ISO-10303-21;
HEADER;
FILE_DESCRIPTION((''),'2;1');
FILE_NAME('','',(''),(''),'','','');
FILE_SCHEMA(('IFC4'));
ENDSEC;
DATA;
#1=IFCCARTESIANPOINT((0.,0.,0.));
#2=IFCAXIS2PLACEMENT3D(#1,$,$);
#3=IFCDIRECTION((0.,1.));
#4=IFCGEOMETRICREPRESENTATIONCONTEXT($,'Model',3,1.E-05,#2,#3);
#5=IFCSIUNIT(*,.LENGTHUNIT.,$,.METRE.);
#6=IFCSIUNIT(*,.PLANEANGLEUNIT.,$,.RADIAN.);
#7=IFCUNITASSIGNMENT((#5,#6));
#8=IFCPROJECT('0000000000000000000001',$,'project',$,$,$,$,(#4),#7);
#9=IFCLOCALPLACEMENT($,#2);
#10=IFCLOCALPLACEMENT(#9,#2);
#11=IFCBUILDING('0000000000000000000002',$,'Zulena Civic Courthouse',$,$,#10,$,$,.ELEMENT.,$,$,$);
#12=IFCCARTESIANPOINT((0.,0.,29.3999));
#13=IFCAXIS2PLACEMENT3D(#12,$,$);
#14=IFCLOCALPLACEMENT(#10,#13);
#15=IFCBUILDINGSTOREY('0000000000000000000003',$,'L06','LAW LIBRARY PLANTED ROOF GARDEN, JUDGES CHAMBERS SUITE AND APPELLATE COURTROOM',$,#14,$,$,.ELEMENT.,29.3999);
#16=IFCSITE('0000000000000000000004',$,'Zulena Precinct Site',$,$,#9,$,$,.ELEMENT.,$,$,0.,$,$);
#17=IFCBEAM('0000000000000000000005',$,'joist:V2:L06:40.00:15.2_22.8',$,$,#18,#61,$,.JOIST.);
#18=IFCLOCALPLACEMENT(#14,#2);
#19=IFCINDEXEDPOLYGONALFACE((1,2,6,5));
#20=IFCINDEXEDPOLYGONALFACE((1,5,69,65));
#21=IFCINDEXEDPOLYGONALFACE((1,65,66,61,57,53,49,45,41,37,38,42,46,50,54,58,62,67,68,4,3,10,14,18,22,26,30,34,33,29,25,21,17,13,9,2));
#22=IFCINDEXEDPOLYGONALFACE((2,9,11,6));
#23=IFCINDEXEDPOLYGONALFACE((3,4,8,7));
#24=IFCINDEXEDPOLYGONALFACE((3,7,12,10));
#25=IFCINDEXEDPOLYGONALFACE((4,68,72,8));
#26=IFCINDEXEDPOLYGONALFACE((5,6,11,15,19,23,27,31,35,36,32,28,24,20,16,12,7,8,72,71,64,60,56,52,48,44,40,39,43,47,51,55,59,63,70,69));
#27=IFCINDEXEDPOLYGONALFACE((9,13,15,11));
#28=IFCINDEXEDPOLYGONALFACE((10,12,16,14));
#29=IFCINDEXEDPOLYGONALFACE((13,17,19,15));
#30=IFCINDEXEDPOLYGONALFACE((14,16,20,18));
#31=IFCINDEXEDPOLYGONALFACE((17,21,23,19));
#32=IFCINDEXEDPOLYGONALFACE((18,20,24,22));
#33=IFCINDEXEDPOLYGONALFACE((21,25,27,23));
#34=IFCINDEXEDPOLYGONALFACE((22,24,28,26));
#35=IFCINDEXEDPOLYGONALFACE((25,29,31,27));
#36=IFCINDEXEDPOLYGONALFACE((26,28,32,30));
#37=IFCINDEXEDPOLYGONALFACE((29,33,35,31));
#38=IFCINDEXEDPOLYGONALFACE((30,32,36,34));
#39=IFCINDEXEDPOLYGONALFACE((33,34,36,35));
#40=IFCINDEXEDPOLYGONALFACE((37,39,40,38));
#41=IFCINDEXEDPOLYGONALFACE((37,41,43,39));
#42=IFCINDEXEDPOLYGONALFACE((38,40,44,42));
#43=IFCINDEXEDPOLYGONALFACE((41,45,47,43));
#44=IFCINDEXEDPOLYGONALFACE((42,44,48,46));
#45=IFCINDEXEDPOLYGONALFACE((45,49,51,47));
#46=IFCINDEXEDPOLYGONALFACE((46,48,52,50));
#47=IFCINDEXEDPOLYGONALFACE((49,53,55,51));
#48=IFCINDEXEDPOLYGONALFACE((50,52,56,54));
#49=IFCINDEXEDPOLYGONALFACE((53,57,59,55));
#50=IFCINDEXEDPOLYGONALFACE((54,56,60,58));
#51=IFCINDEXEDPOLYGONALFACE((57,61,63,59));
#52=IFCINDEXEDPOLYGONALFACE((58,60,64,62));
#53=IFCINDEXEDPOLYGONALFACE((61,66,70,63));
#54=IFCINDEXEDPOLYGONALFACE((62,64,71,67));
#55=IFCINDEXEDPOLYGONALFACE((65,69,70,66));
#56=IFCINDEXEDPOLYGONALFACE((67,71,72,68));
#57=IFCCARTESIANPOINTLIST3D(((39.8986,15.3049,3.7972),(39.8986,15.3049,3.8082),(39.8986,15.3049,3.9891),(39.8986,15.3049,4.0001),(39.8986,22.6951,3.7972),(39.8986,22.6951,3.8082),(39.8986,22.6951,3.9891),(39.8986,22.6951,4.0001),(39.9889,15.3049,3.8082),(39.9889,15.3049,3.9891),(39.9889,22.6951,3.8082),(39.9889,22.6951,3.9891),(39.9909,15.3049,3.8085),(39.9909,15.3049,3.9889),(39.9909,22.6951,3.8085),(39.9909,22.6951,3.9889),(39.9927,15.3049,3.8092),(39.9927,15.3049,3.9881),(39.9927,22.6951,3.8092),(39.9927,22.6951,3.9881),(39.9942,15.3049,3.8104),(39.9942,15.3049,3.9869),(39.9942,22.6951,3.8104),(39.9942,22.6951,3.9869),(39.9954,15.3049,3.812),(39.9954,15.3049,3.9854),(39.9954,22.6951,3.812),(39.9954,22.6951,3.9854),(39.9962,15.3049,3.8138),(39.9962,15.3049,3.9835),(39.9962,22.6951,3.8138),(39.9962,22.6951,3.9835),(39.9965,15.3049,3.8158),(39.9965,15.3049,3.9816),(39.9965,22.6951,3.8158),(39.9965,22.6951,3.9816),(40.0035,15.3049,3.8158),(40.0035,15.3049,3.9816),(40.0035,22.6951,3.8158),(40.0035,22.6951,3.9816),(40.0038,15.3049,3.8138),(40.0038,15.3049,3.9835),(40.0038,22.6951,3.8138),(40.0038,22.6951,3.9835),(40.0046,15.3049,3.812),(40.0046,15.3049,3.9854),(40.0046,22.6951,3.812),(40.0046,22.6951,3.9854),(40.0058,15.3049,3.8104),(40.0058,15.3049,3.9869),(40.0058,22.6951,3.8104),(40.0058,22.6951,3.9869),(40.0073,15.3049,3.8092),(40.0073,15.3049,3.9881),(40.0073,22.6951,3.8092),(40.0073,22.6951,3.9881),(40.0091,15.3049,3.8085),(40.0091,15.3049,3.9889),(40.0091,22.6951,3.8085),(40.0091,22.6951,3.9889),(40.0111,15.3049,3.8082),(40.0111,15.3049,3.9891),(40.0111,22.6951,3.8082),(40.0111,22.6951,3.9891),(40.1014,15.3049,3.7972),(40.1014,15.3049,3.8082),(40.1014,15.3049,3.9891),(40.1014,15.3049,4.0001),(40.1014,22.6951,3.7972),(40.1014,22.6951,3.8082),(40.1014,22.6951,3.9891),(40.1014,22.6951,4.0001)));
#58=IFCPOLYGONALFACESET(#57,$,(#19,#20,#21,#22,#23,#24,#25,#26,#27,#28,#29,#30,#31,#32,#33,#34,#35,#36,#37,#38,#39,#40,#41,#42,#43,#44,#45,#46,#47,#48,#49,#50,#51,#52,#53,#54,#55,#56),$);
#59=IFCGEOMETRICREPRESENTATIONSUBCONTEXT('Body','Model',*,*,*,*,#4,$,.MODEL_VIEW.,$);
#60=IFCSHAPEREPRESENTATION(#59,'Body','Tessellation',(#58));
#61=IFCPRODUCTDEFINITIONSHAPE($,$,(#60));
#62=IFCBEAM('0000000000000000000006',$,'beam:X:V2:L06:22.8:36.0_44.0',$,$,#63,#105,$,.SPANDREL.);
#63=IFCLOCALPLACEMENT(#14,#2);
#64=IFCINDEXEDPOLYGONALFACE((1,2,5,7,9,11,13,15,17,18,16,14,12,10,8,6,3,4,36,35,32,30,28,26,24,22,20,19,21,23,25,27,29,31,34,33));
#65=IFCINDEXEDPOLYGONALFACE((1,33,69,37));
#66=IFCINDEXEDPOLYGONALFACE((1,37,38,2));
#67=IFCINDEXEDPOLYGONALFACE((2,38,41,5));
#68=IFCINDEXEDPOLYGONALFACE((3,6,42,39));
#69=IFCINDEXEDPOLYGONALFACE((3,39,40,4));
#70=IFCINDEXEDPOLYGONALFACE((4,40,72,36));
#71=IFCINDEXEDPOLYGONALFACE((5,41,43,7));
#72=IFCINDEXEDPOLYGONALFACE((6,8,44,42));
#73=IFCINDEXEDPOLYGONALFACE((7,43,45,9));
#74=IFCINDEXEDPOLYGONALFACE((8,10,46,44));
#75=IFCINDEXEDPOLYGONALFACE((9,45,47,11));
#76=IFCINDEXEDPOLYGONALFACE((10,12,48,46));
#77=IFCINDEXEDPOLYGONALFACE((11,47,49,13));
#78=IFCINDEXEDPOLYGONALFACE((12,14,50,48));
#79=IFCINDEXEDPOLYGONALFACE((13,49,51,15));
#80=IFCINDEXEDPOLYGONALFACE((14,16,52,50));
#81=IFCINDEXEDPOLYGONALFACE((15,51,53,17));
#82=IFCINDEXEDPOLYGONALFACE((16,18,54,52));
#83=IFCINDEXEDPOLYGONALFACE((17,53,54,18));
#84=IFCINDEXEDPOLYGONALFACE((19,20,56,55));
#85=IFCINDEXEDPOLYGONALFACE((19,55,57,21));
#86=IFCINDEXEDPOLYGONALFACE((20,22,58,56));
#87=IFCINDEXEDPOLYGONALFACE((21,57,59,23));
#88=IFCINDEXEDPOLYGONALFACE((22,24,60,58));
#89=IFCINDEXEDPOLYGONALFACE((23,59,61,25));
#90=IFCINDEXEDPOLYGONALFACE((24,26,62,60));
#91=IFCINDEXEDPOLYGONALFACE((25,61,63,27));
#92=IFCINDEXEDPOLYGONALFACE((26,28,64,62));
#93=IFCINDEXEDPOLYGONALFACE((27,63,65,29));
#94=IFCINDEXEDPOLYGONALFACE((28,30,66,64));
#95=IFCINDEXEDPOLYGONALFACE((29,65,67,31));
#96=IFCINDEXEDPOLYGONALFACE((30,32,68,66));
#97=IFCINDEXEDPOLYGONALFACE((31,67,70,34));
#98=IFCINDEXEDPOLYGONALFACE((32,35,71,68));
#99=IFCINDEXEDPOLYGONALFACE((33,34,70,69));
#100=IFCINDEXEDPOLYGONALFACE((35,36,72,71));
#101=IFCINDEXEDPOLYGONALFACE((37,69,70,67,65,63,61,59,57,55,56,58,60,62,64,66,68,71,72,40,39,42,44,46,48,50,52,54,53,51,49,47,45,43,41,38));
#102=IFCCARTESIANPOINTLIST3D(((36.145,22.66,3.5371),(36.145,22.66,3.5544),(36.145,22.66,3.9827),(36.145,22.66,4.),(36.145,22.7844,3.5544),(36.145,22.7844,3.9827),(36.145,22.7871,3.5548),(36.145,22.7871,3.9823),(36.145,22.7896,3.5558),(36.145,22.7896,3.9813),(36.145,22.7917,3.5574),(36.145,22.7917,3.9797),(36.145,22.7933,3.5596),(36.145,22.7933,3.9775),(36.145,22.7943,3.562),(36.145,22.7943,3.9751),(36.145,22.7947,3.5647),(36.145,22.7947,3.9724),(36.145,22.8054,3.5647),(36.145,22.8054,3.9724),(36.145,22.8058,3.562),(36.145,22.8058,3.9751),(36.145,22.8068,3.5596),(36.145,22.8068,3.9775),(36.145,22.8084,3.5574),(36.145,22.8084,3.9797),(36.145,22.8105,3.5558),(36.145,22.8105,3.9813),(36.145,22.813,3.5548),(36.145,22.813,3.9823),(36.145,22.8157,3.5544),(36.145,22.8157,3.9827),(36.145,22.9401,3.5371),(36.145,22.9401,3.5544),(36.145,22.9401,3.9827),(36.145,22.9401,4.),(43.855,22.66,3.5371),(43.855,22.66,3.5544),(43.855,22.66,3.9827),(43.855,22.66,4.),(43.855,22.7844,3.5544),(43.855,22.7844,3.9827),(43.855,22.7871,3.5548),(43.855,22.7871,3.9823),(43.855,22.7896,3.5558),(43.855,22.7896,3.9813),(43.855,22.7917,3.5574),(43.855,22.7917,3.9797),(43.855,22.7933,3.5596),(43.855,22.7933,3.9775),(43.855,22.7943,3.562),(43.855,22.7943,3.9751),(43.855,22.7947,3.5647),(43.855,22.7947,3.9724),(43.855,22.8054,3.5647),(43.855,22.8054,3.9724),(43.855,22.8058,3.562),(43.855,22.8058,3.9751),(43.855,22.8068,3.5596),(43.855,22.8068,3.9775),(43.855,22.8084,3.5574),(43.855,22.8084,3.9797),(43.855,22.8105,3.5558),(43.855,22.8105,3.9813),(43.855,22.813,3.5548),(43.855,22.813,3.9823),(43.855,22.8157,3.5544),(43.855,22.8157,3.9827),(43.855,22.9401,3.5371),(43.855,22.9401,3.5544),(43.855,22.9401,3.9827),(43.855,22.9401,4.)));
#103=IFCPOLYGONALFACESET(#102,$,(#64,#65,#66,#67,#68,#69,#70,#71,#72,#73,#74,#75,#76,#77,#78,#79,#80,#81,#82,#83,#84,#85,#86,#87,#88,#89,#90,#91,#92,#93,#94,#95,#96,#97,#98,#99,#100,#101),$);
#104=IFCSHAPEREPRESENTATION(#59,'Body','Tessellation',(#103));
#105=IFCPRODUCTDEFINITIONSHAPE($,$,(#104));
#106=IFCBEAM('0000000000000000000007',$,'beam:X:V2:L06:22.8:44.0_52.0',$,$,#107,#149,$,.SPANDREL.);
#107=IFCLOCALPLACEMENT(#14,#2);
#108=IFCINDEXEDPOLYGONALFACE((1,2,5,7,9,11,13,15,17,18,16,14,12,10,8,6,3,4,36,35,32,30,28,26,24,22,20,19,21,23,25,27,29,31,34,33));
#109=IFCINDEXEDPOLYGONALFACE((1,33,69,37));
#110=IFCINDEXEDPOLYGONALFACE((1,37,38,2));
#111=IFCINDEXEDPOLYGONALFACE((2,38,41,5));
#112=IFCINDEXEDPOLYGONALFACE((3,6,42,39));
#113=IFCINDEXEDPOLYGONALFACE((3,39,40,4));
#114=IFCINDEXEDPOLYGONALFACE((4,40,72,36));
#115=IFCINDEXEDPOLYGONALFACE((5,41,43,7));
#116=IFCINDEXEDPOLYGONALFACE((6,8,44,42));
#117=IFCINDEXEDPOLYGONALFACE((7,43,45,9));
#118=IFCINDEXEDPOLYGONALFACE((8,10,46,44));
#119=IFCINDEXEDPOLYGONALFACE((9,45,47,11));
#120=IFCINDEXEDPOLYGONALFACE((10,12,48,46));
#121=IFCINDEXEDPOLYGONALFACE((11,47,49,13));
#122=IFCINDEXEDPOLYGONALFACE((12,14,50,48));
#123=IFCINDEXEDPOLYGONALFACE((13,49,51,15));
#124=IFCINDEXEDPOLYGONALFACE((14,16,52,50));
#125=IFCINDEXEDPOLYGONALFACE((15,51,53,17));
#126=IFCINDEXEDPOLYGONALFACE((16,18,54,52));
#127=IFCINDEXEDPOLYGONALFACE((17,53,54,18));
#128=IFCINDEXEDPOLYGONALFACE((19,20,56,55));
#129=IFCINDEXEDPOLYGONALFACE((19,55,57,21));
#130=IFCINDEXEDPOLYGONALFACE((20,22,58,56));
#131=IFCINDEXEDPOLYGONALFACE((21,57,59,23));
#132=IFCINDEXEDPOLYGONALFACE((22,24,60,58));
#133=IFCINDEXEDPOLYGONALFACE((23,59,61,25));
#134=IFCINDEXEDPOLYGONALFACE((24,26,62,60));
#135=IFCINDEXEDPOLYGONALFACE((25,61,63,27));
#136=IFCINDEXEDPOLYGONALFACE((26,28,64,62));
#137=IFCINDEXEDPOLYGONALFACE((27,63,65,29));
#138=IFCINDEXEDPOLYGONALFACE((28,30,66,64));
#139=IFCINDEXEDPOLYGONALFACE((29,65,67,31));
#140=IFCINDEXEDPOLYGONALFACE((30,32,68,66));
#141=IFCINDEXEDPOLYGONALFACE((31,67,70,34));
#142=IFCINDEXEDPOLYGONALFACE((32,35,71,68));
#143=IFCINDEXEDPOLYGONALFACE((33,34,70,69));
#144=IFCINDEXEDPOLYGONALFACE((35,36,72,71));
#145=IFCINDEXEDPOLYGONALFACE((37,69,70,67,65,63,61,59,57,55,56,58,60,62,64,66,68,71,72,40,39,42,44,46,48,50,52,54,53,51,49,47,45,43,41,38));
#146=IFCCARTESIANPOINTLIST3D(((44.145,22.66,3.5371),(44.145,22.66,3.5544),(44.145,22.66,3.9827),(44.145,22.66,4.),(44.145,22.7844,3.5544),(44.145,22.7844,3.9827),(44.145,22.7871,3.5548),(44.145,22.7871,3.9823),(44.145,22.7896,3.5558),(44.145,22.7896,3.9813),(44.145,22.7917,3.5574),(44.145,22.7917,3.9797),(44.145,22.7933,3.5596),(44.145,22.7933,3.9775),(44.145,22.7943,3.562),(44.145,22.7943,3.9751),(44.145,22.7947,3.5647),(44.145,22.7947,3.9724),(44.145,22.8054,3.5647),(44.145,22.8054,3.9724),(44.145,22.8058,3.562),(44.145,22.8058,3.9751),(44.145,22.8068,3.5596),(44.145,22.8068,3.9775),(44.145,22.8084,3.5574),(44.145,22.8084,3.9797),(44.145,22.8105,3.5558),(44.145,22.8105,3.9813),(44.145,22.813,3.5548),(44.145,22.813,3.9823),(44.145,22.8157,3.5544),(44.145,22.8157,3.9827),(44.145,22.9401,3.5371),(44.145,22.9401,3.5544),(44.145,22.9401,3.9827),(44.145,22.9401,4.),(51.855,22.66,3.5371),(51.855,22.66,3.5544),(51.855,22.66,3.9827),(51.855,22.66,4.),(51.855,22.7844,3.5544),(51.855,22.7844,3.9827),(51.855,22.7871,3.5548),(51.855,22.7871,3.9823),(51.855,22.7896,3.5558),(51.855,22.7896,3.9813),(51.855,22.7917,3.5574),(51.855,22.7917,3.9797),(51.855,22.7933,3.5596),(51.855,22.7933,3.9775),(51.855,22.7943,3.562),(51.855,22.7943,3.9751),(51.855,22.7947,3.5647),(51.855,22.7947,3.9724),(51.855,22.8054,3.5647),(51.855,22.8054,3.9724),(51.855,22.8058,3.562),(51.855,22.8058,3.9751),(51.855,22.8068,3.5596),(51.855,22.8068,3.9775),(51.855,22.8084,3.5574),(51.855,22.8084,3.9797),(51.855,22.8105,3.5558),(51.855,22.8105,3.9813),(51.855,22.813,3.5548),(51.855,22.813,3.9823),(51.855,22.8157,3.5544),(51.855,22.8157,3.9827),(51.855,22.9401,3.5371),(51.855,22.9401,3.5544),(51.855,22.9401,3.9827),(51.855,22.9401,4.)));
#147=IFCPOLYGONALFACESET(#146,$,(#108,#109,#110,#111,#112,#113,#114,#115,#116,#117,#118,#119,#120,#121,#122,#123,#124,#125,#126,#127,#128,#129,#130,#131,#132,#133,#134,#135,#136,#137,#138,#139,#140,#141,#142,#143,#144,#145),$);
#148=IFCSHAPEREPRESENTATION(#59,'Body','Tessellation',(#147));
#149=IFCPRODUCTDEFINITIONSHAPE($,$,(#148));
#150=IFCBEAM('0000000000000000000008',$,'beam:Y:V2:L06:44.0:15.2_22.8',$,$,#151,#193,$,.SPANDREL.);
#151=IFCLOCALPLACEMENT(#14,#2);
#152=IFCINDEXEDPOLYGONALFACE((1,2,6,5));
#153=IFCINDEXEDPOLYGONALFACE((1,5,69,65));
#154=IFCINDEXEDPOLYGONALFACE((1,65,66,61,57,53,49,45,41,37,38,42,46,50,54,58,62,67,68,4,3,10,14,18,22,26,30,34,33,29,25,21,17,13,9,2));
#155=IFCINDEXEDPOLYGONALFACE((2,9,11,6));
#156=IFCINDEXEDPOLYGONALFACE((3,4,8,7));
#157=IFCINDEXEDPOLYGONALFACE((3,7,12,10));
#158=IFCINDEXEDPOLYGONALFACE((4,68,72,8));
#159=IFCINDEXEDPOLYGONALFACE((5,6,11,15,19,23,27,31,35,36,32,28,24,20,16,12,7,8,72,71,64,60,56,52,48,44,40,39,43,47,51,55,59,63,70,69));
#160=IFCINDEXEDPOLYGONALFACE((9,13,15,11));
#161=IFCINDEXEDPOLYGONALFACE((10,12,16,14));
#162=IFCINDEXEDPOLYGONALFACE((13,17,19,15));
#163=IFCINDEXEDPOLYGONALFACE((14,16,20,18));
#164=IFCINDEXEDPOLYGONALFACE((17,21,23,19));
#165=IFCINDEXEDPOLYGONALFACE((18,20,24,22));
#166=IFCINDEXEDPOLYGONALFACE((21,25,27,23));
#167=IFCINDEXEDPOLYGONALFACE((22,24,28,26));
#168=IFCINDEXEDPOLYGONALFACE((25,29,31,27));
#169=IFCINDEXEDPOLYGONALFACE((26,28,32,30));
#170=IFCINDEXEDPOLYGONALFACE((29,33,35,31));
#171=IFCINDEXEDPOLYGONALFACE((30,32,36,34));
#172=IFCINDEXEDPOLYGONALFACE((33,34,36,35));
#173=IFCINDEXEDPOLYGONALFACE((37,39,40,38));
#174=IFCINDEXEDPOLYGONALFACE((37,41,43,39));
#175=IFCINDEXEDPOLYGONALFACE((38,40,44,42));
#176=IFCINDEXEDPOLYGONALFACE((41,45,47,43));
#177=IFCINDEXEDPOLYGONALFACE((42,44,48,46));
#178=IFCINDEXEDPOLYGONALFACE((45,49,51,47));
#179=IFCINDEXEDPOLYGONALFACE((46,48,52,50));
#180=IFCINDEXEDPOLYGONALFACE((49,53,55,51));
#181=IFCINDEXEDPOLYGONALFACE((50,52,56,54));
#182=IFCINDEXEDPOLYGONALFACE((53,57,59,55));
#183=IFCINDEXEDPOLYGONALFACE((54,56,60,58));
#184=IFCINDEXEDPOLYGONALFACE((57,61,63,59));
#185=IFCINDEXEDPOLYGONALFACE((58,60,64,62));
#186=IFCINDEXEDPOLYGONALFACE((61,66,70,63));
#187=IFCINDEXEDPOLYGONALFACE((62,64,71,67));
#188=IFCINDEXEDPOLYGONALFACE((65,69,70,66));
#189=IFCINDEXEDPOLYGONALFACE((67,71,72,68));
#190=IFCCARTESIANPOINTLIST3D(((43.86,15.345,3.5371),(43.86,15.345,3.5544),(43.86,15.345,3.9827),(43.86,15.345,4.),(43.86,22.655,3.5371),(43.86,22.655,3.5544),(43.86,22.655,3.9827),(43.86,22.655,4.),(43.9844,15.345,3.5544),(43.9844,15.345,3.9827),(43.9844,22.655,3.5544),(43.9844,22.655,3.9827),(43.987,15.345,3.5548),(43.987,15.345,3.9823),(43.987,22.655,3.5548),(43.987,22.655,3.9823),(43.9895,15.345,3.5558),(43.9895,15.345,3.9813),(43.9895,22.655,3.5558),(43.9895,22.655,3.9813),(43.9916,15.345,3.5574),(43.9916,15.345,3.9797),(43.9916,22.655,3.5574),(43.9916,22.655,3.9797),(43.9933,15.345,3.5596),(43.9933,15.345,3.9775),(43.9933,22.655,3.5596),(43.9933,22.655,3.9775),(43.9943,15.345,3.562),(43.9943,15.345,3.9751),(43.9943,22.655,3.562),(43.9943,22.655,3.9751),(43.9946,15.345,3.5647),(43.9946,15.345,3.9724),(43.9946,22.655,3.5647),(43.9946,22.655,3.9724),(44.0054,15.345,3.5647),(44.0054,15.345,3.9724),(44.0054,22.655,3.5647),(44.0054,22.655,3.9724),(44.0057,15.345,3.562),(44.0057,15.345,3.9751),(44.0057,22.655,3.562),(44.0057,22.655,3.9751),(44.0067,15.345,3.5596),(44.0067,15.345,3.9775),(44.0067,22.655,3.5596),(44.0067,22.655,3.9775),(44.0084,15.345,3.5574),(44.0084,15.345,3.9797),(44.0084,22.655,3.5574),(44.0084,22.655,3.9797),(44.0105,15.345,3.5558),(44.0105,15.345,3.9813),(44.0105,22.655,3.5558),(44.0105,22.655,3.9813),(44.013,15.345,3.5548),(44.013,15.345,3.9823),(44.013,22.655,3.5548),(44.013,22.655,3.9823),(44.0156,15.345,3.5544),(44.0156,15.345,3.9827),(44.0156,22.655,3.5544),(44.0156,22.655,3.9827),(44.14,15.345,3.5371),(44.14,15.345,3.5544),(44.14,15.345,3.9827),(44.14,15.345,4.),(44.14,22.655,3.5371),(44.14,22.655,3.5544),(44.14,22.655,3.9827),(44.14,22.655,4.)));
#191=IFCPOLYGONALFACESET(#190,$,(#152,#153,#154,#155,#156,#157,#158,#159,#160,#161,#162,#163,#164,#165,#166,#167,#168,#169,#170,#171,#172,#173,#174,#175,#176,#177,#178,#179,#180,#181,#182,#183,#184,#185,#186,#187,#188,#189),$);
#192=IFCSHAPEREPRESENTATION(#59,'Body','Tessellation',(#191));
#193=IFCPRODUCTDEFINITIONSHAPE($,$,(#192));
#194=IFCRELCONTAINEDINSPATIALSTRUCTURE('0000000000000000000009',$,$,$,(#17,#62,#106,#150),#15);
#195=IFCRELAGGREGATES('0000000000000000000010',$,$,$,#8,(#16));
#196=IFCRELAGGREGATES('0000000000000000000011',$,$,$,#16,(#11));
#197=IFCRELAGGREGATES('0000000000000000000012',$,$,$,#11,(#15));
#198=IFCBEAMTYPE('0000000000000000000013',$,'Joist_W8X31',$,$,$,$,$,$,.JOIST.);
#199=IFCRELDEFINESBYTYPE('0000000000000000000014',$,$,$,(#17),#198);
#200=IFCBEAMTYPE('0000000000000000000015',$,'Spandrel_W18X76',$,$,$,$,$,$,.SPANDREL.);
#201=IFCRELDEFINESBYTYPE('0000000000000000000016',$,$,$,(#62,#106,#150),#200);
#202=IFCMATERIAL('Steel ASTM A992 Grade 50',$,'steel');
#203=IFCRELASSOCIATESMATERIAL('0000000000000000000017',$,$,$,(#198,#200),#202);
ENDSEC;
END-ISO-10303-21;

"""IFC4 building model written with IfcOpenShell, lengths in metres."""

from ifc_helpers import new_model, si_unit, direction, frame, origin, origin_2d, place, context, subcontext, project, spatial, i_section, extrude, material, material_profile, profile_set, type_object, element, save


model = new_model("IFC4")

# Units and contexts
model_context = context("Model", 3, precision=1e-05, world=origin(), true_north=direction((0.0, 1.0)))
body_context = subcontext(model_context, "Body", "Model", "MODEL_VIEW")
ifc_project = project(units=[si_unit("LENGTHUNIT", "METRE"), si_unit("PLANEANGLEUNIT", "RADIAN")], contexts=[model_context])

# Site, building, storey
site_placement = place(None, origin())
site = spatial("IfcSite", under=ifc_project, at=site_placement, Name="Zulena Precinct Site", CompositionType="ELEMENT", RefElevation=0.0)
building_placement = place(site_placement, origin())
building = spatial("IfcBuilding", under=site, at=building_placement, Name="Zulena Civic Courthouse", CompositionType="ELEMENT")
storey_placement = place(building_placement, frame((0.0, 0.0, 29.3999)))
storey = spatial("IfcBuildingStorey", under=building, at=storey_placement, Name="L06", Description="LAW LIBRARY PLANTED ROOF GARDEN, JUDGES CHAMBERS SUITE AND APPELLATE COURTROOM", CompositionType="ELEMENT", Elevation=29.3999)

# Shared definitions
ifc_material_1 = material(Name="Steel ASTM A992 Grade 50", Category="steel")

# Beams
ifc_material_profile_1 = material_profile(ifc_material_1, i_section(OverallWidth=0.2029, OverallDepth=0.2029, WebThickness=0.0071, FlangeThickness=0.011, FilletRadius=0.0076, at=origin_2d()), Name="W8X31")
ifc_profile_set_1 = profile_set([ifc_material_profile_1], Name="Steel ASTM A992 Grade 50")
beam_type_1 = type_object("IfcBeamType", Name="Joist_W8X31", PredefinedType="JOIST", material=ifc_profile_set_1)
beam_1_placement = place(storey_placement, frame((40.0, 15.3049, 3.8987), z_axis=(0.0, 1.0, 0.0), x_axis=(-1.0, 0.0, 0.0)))
element("IfcBeam", 1, at=beam_1_placement, inside=storey, type_object=beam_type_1, Name="joist:V2:L06:40.00:15.2_22.8", PredefinedType="JOIST", context=body_context, shape_type="SweptSolid", body=[
    extrude(i_section(OverallWidth=0.2029, OverallDepth=0.2029, WebThickness=0.0071, FlangeThickness=0.011, FilletRadius=0.0076, at=origin_2d()), origin(), (0.0, 0.0, 1.0), 7.3901),
])
ifc_material_profile_2 = material_profile(ifc_material_1, i_section(OverallWidth=0.28, OverallDepth=0.4629, WebThickness=0.0107, FlangeThickness=0.0173, FilletRadius=0.0103, at=origin_2d()), Name="W18X76")
ifc_profile_set_2 = profile_set([ifc_material_profile_2], Name="Steel ASTM A992 Grade 50")
beam_type_2 = type_object("IfcBeamType", Name="Spandrel_W18X76", PredefinedType="SPANDREL", material=ifc_profile_set_2)
for number, where, z_axis, x_axis, name in (
    (2, (36.145, 22.8, 3.7686), (1.0, 0.0, 0.0), (0.0, 1.0, 0.0), "beam:X:V2:L06:22.8:36.0_44.0"),
    (3, (44.145, 22.8, 3.7686), (1.0, 0.0, 0.0), (0.0, 1.0, 0.0), "beam:X:V2:L06:22.8:44.0_52.0"),
):
    element("IfcBeam", number, at=place(storey_placement, frame(where, z_axis=z_axis, x_axis=x_axis)), inside=storey, type_object=beam_type_2, Name=name, PredefinedType="SPANDREL", context=body_context, shape_type="SweptSolid", body=[
        extrude(i_section(OverallWidth=0.28, OverallDepth=0.4629, WebThickness=0.0107, FlangeThickness=0.0173, FilletRadius=0.0103, at=origin_2d()), origin(), (0.0, 0.0, 1.0), 7.71),
    ])
beam_2_placement = place(storey_placement, frame((44.0, 15.345, 3.7686), z_axis=(0.0, 1.0, 0.0), x_axis=(-1.0, 0.0, 0.0)))
element("IfcBeam", 4, at=beam_2_placement, inside=storey, type_object=beam_type_2, Name="beam:Y:V2:L06:44.0:15.2_22.8", PredefinedType="SPANDREL", context=body_context, shape_type="SweptSolid", body=[
    extrude(i_section(OverallWidth=0.28, OverallDepth=0.4629, WebThickness=0.0107, FlangeThickness=0.0173, FilletRadius=0.0103, at=origin_2d()), origin(), (0.0, 0.0, 1.0), 7.3101),
])

save(model, "model.ifc")
